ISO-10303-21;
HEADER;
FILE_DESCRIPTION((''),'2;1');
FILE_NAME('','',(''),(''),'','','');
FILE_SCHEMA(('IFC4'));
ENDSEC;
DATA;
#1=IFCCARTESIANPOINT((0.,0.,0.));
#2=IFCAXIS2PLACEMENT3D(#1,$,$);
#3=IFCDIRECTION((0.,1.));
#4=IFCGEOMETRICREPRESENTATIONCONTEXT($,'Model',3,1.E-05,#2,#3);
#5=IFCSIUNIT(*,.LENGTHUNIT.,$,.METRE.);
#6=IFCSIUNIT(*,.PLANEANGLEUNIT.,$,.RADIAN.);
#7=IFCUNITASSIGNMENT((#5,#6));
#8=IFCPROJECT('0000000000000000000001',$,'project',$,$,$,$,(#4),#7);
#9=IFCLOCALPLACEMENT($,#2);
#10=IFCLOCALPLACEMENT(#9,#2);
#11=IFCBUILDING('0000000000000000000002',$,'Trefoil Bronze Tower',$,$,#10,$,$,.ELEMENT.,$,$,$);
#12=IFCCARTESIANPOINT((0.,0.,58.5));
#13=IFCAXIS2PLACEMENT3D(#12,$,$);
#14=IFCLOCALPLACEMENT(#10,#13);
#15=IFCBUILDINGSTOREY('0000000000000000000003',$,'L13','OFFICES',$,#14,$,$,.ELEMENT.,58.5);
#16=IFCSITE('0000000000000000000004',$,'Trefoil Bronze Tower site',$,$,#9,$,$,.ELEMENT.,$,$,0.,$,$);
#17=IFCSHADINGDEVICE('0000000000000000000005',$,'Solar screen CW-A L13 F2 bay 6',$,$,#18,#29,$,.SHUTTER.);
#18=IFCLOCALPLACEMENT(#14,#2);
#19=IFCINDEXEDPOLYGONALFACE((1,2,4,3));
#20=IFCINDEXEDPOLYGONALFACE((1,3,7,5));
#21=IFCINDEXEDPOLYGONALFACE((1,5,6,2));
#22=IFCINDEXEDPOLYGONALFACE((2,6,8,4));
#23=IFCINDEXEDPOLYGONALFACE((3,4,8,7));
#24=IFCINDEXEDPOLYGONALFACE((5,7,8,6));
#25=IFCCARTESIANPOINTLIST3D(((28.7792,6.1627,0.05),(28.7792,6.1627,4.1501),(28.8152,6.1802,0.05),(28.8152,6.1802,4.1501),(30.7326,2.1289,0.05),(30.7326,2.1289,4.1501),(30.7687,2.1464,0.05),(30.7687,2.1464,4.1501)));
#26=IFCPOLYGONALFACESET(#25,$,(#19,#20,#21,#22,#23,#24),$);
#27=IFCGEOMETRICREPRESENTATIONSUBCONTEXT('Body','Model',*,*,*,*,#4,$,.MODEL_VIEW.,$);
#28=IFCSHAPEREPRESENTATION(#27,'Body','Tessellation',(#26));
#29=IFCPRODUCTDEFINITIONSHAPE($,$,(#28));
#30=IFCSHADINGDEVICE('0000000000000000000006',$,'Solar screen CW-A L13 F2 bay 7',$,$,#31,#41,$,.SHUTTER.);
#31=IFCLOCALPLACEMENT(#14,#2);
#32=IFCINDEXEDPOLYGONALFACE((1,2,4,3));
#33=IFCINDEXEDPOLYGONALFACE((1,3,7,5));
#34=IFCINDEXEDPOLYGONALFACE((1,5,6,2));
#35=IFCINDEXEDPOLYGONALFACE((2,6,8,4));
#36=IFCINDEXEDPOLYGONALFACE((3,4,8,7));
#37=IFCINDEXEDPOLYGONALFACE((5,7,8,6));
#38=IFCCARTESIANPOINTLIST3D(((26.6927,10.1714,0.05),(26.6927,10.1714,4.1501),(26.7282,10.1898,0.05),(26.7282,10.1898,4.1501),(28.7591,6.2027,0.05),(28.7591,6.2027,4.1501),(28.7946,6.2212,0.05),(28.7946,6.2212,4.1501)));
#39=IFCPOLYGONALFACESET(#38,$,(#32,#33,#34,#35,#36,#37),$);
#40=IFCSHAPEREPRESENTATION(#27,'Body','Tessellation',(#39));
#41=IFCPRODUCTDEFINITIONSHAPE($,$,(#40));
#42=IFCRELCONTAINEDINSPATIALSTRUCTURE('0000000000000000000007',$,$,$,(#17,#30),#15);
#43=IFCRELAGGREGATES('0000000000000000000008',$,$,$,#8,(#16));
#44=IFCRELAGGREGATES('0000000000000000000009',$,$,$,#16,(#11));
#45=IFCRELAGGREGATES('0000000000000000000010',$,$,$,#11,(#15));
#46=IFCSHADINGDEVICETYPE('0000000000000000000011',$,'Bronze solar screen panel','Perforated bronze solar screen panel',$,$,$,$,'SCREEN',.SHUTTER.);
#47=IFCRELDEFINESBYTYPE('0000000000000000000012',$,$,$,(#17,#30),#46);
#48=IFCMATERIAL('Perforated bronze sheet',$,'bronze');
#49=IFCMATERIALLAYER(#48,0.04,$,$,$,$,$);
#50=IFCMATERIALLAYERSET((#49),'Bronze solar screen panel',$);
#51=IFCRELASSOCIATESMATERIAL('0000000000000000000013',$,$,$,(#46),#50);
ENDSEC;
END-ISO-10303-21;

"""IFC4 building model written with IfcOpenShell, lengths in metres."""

from ifc_helpers import new_model, si_unit, direction, frame, origin, origin_2d, place, context, subcontext, project, spatial, rectangle, extrude, material, layer, layer_set, type_object, element, save


model = new_model("IFC4")

# Units and contexts
model_context = context("Model", 3, precision=1e-05, world=origin(), true_north=direction((0.0, 1.0)))
body_context = subcontext(model_context, "Body", "Model", "MODEL_VIEW")
ifc_project = project(units=[si_unit("LENGTHUNIT", "METRE"), si_unit("PLANEANGLEUNIT", "RADIAN")], contexts=[model_context])

# Site, building, storey
site_placement = place(None, origin())
site = spatial("IfcSite", under=ifc_project, at=site_placement, Name="Trefoil Bronze Tower site", CompositionType="ELEMENT", RefElevation=0.0)
building_placement = place(site_placement, origin())
building = spatial("IfcBuilding", under=site, at=building_placement, Name="Trefoil Bronze Tower", CompositionType="ELEMENT")
storey_placement = place(building_placement, frame((0.0, 0.0, 58.5)))
storey = spatial("IfcBuildingStorey", under=building, at=storey_placement, Name="L13", Description="OFFICES", CompositionType="ELEMENT", Elevation=58.5)

# Shading devices
ifc_material_1 = material(Name="Perforated bronze sheet", Category="bronze")
ifc_layer_1 = layer(ifc_material_1, 0.04)
ifc_layer_set_1 = layer_set([ifc_layer_1], Name="Bronze solar screen panel")
shading_device_type = type_object("IfcShadingDeviceType", Name="Bronze solar screen panel", Description="Perforated bronze solar screen panel", ElementType="SCREEN", PredefinedType="SHUTTER", material=ifc_layer_set_1)
shading_device_1_placement = place(storey_placement, frame((29.7739, 4.1545, 0.05), z_axis=(0.0, 0.0, 1.0), x_axis=(-0.435855, 0.900017, 0.0)))
element("IfcShadingDevice", 1, at=shading_device_1_placement, inside=storey, type_object=shading_device_type, Name="Solar screen CW-A L13 F2 bay 6", PredefinedType="SHUTTER", context=body_context, shape_type="SweptSolid", body=[
    extrude(rectangle(XDim=4.4819, YDim=0.04, at=origin_2d()), origin(), (0.0, 0.0, 1.0), 4.1001),
])
shading_device_2_placement = place(storey_placement, frame((27.7437, 8.1963, 0.05), z_axis=(0.0, 0.0, 1.0), x_axis=(-0.46183, 0.886969, 0.0)))
element("IfcShadingDevice", 2, at=shading_device_2_placement, inside=storey, type_object=shading_device_type, Name="Solar screen CW-A L13 F2 bay 7", PredefinedType="SHUTTER", context=body_context, shape_type="SweptSolid", body=[
    extrude(rectangle(XDim=4.4744, YDim=0.04, at=origin_2d()), origin(), (0.0, 0.0, 1.0), 4.1001),
])

save(model, "model.ifc")
